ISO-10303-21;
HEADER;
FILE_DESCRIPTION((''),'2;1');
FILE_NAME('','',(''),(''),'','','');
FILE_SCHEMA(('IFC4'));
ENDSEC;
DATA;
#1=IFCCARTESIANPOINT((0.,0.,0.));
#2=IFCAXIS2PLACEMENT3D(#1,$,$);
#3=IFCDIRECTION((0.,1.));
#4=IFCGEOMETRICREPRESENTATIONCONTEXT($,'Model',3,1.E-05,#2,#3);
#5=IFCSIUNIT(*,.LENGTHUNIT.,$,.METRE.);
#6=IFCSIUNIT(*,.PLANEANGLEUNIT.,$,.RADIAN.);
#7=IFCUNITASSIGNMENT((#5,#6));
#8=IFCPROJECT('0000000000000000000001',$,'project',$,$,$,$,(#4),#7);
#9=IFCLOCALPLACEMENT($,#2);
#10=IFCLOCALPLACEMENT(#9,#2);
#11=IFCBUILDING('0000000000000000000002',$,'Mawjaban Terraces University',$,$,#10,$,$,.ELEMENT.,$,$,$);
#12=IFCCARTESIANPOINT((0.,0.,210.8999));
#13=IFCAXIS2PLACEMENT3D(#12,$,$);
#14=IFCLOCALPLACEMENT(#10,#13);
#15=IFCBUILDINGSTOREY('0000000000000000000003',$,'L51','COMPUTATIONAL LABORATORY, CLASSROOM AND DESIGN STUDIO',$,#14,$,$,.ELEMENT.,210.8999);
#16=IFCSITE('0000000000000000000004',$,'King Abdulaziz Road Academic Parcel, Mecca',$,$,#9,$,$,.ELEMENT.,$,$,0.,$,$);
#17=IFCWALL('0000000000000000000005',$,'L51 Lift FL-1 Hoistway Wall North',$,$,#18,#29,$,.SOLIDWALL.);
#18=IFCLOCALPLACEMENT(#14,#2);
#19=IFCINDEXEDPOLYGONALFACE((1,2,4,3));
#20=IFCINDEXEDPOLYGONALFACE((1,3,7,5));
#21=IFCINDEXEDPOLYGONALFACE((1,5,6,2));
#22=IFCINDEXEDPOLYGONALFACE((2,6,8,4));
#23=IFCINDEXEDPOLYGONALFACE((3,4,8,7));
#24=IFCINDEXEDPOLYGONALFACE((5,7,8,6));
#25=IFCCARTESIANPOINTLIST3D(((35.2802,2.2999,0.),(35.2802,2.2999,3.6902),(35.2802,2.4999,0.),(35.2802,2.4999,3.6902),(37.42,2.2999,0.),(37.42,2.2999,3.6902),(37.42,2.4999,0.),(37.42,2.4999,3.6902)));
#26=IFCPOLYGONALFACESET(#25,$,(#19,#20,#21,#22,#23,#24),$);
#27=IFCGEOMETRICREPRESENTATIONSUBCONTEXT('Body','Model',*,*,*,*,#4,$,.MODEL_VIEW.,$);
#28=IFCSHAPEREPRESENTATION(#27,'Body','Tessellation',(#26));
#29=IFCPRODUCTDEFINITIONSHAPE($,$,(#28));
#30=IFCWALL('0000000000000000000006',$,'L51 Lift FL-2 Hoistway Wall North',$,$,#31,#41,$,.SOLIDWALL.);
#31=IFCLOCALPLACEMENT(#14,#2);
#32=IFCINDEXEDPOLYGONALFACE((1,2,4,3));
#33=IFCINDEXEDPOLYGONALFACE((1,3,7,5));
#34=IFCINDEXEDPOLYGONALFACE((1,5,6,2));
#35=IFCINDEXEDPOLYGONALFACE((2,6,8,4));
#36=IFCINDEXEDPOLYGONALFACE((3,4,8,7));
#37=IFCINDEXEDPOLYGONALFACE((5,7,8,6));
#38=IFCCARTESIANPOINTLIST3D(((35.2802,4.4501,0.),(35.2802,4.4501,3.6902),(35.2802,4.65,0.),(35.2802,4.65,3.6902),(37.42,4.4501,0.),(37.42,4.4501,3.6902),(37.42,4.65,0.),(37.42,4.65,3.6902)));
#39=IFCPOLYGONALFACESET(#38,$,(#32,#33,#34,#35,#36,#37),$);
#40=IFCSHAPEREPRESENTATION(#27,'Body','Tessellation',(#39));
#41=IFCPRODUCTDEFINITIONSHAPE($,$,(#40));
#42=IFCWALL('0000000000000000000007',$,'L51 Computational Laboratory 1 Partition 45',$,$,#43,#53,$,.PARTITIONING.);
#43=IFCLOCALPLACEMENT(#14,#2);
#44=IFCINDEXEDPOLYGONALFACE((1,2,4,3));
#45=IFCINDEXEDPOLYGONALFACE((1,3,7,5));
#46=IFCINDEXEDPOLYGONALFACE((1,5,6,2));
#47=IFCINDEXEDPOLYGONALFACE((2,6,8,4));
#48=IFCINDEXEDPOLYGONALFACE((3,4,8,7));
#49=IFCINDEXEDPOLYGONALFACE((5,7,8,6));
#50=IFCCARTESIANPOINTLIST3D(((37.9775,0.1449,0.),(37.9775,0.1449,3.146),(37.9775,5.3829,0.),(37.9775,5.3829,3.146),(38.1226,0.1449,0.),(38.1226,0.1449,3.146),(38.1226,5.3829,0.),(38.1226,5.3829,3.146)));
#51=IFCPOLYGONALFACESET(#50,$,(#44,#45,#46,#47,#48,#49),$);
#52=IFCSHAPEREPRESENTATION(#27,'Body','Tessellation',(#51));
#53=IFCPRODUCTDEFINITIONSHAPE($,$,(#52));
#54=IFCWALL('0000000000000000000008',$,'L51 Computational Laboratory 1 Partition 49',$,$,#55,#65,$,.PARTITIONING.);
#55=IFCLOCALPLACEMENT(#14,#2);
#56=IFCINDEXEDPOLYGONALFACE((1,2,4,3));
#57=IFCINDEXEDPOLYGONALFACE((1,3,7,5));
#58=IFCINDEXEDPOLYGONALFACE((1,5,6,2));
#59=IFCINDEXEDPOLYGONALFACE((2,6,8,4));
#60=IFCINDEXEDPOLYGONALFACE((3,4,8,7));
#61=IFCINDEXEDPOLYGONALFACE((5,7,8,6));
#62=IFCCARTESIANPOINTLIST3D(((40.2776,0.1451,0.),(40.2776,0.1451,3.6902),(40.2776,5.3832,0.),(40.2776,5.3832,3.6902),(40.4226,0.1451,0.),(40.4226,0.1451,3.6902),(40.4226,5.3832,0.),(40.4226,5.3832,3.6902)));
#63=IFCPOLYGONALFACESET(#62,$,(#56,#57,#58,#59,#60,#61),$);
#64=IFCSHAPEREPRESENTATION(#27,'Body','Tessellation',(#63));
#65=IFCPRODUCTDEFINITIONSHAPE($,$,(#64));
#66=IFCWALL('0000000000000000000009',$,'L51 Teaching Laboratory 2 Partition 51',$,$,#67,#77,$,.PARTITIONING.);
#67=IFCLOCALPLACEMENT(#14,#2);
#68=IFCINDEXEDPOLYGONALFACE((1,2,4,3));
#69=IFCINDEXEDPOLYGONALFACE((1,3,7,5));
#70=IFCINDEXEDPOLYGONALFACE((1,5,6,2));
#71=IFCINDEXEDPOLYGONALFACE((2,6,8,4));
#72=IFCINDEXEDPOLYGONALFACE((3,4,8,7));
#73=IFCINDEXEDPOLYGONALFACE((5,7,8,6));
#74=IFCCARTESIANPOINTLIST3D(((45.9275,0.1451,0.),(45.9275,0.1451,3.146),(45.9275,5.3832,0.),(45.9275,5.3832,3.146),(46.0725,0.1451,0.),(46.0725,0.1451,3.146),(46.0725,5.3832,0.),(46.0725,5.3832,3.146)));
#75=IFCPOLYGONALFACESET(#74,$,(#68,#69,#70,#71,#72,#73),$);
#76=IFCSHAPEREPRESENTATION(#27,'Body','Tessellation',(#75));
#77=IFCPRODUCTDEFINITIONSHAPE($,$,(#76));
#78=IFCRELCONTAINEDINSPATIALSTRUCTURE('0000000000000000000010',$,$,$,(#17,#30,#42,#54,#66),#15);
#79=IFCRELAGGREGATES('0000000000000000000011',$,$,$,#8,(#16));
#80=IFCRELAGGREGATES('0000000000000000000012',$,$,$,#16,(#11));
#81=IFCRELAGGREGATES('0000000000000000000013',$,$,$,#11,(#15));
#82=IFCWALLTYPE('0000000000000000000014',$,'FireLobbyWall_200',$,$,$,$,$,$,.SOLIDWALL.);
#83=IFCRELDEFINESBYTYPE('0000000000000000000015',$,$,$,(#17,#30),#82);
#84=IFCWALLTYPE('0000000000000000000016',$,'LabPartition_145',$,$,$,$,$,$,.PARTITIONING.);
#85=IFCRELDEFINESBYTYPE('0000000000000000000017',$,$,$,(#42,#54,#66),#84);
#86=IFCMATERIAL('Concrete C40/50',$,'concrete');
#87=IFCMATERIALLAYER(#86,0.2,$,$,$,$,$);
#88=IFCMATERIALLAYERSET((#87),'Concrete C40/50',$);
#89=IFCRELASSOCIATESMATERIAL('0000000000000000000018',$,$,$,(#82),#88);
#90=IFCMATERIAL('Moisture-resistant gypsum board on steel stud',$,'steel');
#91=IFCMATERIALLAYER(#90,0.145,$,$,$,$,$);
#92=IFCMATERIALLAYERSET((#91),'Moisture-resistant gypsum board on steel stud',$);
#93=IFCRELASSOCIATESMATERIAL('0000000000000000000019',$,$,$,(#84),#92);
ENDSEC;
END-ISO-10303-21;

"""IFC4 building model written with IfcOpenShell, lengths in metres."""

from ifc_helpers import new_model, si_unit, direction, frame, frame_2d, origin, place, context, subcontext, project, spatial, rectangle, extrude, material, layer, layer_set, type_object, element, save


model = new_model("IFC4")

# Units and contexts
model_context = context("Model", 3, precision=1e-05, world=origin(), true_north=direction((0.0, 1.0)))
body_context = subcontext(model_context, "Body", "Model", "MODEL_VIEW")
ifc_project = project(units=[si_unit("LENGTHUNIT", "METRE"), si_unit("PLANEANGLEUNIT", "RADIAN")], contexts=[model_context])

# Site, building, storey
site_placement = place(None, origin())
site = spatial("IfcSite", under=ifc_project, at=site_placement, Name="King Abdulaziz Road Academic Parcel, Mecca", CompositionType="ELEMENT", RefElevation=0.0)
building_placement = place(site_placement, origin())
building = spatial("IfcBuilding", under=site, at=building_placement, Name="Mawjaban Terraces University", CompositionType="ELEMENT")
storey_placement = place(building_placement, frame((0.0, 0.0, 210.8999)))
storey = spatial("IfcBuildingStorey", under=building, at=storey_placement, Name="L51", Description="COMPUTATIONAL LABORATORY, CLASSROOM AND DESIGN STUDIO", CompositionType="ELEMENT", Elevation=210.8999)

# Walls
ifc_material_1 = material(Name="Concrete C40/50", Category="concrete")
ifc_layer_1 = layer(ifc_material_1, 0.2)
ifc_layer_set_1 = layer_set([ifc_layer_1], Name="Concrete C40/50")
wall_type_1 = type_object("IfcWallType", Name="FireLobbyWall_200", PredefinedType="SOLIDWALL", material=ifc_layer_set_1)
for number, where, z_axis, x_axis, name in (
    (1, (37.4199, 2.3999, 0.0), (0.0, 0.0, 1.0), (-1.0, 0.0, 0.0), "L51 Lift FL-1 Hoistway Wall North"),
    (2, (37.4199, 4.55, 0.0), (0.0, 0.0, 1.0), (-1.0, 0.0, 0.0), "L51 Lift FL-2 Hoistway Wall North"),
):
    element("IfcWall", number, at=place(storey_placement, frame(where, z_axis=z_axis, x_axis=x_axis)), inside=storey, type_object=wall_type_1, Name=name, PredefinedType="SOLIDWALL", context=body_context, shape_type="SweptSolid", body=[
        extrude(rectangle(XDim=2.1399, YDim=0.2, at=frame_2d((1.0698, 0.0))), origin(), (0.0, 0.0, 1.0), 3.6902),
    ])

# Shared definitions
ifc_material_2 = material(Name="Moisture-resistant gypsum board on steel stud", Category="steel")
ifc_layer_2 = layer(ifc_material_2, 0.145)
ifc_layer_set_2 = layer_set([ifc_layer_2], Name="Moisture-resistant gypsum board on steel stud")
wall_type_2 = type_object("IfcWallType", Name="LabPartition_145", PredefinedType="PARTITIONING", material=ifc_layer_set_2)

# Walls
wall_1_placement = place(storey_placement, frame((38.05, 5.3831, 0.0), z_axis=(0.0, 0.0, 1.0), x_axis=(0.0, -1.0, 0.0)))
element("IfcWall", 3, at=wall_1_placement, inside=storey, type_object=wall_type_2, Name="L51 Computational Laboratory 1 Partition 45", PredefinedType="PARTITIONING", context=body_context, shape_type="SweptSolid", body=[
    extrude(rectangle(XDim=5.238, YDim=0.145, at=frame_2d((2.6191, 0.0))), origin(), (0.0, 0.0, 1.0), 3.146),
])
wall_2_placement = place(storey_placement, frame((40.3501, 0.145, 0.0), z_axis=(0.0, 0.0, 1.0), x_axis=(0.0, 1.0, 0.0)))
element("IfcWall", 4, at=wall_2_placement, inside=storey, type_object=wall_type_2, Name="L51 Computational Laboratory 1 Partition 49", PredefinedType="PARTITIONING", context=body_context, shape_type="SweptSolid", body=[
    extrude(rectangle(XDim=5.238, YDim=0.145, at=frame_2d((2.6191, 0.0))), origin(), (0.0, 0.0, 1.0), 3.6902),
])
wall_3_placement = place(storey_placement, frame((46.0, 0.145, 0.0), z_axis=(0.0, 0.0, 1.0), x_axis=(0.0, 1.0, 0.0)))
element("IfcWall", 5, at=wall_3_placement, inside=storey, type_object=wall_type_2, Name="L51 Teaching Laboratory 2 Partition 51", PredefinedType="PARTITIONING", context=body_context, shape_type="SweptSolid", body=[
    extrude(rectangle(XDim=5.238, YDim=0.145, at=frame_2d((2.6191, 0.0))), origin(), (0.0, 0.0, 1.0), 3.146),
])

save(model, "model.ifc")
